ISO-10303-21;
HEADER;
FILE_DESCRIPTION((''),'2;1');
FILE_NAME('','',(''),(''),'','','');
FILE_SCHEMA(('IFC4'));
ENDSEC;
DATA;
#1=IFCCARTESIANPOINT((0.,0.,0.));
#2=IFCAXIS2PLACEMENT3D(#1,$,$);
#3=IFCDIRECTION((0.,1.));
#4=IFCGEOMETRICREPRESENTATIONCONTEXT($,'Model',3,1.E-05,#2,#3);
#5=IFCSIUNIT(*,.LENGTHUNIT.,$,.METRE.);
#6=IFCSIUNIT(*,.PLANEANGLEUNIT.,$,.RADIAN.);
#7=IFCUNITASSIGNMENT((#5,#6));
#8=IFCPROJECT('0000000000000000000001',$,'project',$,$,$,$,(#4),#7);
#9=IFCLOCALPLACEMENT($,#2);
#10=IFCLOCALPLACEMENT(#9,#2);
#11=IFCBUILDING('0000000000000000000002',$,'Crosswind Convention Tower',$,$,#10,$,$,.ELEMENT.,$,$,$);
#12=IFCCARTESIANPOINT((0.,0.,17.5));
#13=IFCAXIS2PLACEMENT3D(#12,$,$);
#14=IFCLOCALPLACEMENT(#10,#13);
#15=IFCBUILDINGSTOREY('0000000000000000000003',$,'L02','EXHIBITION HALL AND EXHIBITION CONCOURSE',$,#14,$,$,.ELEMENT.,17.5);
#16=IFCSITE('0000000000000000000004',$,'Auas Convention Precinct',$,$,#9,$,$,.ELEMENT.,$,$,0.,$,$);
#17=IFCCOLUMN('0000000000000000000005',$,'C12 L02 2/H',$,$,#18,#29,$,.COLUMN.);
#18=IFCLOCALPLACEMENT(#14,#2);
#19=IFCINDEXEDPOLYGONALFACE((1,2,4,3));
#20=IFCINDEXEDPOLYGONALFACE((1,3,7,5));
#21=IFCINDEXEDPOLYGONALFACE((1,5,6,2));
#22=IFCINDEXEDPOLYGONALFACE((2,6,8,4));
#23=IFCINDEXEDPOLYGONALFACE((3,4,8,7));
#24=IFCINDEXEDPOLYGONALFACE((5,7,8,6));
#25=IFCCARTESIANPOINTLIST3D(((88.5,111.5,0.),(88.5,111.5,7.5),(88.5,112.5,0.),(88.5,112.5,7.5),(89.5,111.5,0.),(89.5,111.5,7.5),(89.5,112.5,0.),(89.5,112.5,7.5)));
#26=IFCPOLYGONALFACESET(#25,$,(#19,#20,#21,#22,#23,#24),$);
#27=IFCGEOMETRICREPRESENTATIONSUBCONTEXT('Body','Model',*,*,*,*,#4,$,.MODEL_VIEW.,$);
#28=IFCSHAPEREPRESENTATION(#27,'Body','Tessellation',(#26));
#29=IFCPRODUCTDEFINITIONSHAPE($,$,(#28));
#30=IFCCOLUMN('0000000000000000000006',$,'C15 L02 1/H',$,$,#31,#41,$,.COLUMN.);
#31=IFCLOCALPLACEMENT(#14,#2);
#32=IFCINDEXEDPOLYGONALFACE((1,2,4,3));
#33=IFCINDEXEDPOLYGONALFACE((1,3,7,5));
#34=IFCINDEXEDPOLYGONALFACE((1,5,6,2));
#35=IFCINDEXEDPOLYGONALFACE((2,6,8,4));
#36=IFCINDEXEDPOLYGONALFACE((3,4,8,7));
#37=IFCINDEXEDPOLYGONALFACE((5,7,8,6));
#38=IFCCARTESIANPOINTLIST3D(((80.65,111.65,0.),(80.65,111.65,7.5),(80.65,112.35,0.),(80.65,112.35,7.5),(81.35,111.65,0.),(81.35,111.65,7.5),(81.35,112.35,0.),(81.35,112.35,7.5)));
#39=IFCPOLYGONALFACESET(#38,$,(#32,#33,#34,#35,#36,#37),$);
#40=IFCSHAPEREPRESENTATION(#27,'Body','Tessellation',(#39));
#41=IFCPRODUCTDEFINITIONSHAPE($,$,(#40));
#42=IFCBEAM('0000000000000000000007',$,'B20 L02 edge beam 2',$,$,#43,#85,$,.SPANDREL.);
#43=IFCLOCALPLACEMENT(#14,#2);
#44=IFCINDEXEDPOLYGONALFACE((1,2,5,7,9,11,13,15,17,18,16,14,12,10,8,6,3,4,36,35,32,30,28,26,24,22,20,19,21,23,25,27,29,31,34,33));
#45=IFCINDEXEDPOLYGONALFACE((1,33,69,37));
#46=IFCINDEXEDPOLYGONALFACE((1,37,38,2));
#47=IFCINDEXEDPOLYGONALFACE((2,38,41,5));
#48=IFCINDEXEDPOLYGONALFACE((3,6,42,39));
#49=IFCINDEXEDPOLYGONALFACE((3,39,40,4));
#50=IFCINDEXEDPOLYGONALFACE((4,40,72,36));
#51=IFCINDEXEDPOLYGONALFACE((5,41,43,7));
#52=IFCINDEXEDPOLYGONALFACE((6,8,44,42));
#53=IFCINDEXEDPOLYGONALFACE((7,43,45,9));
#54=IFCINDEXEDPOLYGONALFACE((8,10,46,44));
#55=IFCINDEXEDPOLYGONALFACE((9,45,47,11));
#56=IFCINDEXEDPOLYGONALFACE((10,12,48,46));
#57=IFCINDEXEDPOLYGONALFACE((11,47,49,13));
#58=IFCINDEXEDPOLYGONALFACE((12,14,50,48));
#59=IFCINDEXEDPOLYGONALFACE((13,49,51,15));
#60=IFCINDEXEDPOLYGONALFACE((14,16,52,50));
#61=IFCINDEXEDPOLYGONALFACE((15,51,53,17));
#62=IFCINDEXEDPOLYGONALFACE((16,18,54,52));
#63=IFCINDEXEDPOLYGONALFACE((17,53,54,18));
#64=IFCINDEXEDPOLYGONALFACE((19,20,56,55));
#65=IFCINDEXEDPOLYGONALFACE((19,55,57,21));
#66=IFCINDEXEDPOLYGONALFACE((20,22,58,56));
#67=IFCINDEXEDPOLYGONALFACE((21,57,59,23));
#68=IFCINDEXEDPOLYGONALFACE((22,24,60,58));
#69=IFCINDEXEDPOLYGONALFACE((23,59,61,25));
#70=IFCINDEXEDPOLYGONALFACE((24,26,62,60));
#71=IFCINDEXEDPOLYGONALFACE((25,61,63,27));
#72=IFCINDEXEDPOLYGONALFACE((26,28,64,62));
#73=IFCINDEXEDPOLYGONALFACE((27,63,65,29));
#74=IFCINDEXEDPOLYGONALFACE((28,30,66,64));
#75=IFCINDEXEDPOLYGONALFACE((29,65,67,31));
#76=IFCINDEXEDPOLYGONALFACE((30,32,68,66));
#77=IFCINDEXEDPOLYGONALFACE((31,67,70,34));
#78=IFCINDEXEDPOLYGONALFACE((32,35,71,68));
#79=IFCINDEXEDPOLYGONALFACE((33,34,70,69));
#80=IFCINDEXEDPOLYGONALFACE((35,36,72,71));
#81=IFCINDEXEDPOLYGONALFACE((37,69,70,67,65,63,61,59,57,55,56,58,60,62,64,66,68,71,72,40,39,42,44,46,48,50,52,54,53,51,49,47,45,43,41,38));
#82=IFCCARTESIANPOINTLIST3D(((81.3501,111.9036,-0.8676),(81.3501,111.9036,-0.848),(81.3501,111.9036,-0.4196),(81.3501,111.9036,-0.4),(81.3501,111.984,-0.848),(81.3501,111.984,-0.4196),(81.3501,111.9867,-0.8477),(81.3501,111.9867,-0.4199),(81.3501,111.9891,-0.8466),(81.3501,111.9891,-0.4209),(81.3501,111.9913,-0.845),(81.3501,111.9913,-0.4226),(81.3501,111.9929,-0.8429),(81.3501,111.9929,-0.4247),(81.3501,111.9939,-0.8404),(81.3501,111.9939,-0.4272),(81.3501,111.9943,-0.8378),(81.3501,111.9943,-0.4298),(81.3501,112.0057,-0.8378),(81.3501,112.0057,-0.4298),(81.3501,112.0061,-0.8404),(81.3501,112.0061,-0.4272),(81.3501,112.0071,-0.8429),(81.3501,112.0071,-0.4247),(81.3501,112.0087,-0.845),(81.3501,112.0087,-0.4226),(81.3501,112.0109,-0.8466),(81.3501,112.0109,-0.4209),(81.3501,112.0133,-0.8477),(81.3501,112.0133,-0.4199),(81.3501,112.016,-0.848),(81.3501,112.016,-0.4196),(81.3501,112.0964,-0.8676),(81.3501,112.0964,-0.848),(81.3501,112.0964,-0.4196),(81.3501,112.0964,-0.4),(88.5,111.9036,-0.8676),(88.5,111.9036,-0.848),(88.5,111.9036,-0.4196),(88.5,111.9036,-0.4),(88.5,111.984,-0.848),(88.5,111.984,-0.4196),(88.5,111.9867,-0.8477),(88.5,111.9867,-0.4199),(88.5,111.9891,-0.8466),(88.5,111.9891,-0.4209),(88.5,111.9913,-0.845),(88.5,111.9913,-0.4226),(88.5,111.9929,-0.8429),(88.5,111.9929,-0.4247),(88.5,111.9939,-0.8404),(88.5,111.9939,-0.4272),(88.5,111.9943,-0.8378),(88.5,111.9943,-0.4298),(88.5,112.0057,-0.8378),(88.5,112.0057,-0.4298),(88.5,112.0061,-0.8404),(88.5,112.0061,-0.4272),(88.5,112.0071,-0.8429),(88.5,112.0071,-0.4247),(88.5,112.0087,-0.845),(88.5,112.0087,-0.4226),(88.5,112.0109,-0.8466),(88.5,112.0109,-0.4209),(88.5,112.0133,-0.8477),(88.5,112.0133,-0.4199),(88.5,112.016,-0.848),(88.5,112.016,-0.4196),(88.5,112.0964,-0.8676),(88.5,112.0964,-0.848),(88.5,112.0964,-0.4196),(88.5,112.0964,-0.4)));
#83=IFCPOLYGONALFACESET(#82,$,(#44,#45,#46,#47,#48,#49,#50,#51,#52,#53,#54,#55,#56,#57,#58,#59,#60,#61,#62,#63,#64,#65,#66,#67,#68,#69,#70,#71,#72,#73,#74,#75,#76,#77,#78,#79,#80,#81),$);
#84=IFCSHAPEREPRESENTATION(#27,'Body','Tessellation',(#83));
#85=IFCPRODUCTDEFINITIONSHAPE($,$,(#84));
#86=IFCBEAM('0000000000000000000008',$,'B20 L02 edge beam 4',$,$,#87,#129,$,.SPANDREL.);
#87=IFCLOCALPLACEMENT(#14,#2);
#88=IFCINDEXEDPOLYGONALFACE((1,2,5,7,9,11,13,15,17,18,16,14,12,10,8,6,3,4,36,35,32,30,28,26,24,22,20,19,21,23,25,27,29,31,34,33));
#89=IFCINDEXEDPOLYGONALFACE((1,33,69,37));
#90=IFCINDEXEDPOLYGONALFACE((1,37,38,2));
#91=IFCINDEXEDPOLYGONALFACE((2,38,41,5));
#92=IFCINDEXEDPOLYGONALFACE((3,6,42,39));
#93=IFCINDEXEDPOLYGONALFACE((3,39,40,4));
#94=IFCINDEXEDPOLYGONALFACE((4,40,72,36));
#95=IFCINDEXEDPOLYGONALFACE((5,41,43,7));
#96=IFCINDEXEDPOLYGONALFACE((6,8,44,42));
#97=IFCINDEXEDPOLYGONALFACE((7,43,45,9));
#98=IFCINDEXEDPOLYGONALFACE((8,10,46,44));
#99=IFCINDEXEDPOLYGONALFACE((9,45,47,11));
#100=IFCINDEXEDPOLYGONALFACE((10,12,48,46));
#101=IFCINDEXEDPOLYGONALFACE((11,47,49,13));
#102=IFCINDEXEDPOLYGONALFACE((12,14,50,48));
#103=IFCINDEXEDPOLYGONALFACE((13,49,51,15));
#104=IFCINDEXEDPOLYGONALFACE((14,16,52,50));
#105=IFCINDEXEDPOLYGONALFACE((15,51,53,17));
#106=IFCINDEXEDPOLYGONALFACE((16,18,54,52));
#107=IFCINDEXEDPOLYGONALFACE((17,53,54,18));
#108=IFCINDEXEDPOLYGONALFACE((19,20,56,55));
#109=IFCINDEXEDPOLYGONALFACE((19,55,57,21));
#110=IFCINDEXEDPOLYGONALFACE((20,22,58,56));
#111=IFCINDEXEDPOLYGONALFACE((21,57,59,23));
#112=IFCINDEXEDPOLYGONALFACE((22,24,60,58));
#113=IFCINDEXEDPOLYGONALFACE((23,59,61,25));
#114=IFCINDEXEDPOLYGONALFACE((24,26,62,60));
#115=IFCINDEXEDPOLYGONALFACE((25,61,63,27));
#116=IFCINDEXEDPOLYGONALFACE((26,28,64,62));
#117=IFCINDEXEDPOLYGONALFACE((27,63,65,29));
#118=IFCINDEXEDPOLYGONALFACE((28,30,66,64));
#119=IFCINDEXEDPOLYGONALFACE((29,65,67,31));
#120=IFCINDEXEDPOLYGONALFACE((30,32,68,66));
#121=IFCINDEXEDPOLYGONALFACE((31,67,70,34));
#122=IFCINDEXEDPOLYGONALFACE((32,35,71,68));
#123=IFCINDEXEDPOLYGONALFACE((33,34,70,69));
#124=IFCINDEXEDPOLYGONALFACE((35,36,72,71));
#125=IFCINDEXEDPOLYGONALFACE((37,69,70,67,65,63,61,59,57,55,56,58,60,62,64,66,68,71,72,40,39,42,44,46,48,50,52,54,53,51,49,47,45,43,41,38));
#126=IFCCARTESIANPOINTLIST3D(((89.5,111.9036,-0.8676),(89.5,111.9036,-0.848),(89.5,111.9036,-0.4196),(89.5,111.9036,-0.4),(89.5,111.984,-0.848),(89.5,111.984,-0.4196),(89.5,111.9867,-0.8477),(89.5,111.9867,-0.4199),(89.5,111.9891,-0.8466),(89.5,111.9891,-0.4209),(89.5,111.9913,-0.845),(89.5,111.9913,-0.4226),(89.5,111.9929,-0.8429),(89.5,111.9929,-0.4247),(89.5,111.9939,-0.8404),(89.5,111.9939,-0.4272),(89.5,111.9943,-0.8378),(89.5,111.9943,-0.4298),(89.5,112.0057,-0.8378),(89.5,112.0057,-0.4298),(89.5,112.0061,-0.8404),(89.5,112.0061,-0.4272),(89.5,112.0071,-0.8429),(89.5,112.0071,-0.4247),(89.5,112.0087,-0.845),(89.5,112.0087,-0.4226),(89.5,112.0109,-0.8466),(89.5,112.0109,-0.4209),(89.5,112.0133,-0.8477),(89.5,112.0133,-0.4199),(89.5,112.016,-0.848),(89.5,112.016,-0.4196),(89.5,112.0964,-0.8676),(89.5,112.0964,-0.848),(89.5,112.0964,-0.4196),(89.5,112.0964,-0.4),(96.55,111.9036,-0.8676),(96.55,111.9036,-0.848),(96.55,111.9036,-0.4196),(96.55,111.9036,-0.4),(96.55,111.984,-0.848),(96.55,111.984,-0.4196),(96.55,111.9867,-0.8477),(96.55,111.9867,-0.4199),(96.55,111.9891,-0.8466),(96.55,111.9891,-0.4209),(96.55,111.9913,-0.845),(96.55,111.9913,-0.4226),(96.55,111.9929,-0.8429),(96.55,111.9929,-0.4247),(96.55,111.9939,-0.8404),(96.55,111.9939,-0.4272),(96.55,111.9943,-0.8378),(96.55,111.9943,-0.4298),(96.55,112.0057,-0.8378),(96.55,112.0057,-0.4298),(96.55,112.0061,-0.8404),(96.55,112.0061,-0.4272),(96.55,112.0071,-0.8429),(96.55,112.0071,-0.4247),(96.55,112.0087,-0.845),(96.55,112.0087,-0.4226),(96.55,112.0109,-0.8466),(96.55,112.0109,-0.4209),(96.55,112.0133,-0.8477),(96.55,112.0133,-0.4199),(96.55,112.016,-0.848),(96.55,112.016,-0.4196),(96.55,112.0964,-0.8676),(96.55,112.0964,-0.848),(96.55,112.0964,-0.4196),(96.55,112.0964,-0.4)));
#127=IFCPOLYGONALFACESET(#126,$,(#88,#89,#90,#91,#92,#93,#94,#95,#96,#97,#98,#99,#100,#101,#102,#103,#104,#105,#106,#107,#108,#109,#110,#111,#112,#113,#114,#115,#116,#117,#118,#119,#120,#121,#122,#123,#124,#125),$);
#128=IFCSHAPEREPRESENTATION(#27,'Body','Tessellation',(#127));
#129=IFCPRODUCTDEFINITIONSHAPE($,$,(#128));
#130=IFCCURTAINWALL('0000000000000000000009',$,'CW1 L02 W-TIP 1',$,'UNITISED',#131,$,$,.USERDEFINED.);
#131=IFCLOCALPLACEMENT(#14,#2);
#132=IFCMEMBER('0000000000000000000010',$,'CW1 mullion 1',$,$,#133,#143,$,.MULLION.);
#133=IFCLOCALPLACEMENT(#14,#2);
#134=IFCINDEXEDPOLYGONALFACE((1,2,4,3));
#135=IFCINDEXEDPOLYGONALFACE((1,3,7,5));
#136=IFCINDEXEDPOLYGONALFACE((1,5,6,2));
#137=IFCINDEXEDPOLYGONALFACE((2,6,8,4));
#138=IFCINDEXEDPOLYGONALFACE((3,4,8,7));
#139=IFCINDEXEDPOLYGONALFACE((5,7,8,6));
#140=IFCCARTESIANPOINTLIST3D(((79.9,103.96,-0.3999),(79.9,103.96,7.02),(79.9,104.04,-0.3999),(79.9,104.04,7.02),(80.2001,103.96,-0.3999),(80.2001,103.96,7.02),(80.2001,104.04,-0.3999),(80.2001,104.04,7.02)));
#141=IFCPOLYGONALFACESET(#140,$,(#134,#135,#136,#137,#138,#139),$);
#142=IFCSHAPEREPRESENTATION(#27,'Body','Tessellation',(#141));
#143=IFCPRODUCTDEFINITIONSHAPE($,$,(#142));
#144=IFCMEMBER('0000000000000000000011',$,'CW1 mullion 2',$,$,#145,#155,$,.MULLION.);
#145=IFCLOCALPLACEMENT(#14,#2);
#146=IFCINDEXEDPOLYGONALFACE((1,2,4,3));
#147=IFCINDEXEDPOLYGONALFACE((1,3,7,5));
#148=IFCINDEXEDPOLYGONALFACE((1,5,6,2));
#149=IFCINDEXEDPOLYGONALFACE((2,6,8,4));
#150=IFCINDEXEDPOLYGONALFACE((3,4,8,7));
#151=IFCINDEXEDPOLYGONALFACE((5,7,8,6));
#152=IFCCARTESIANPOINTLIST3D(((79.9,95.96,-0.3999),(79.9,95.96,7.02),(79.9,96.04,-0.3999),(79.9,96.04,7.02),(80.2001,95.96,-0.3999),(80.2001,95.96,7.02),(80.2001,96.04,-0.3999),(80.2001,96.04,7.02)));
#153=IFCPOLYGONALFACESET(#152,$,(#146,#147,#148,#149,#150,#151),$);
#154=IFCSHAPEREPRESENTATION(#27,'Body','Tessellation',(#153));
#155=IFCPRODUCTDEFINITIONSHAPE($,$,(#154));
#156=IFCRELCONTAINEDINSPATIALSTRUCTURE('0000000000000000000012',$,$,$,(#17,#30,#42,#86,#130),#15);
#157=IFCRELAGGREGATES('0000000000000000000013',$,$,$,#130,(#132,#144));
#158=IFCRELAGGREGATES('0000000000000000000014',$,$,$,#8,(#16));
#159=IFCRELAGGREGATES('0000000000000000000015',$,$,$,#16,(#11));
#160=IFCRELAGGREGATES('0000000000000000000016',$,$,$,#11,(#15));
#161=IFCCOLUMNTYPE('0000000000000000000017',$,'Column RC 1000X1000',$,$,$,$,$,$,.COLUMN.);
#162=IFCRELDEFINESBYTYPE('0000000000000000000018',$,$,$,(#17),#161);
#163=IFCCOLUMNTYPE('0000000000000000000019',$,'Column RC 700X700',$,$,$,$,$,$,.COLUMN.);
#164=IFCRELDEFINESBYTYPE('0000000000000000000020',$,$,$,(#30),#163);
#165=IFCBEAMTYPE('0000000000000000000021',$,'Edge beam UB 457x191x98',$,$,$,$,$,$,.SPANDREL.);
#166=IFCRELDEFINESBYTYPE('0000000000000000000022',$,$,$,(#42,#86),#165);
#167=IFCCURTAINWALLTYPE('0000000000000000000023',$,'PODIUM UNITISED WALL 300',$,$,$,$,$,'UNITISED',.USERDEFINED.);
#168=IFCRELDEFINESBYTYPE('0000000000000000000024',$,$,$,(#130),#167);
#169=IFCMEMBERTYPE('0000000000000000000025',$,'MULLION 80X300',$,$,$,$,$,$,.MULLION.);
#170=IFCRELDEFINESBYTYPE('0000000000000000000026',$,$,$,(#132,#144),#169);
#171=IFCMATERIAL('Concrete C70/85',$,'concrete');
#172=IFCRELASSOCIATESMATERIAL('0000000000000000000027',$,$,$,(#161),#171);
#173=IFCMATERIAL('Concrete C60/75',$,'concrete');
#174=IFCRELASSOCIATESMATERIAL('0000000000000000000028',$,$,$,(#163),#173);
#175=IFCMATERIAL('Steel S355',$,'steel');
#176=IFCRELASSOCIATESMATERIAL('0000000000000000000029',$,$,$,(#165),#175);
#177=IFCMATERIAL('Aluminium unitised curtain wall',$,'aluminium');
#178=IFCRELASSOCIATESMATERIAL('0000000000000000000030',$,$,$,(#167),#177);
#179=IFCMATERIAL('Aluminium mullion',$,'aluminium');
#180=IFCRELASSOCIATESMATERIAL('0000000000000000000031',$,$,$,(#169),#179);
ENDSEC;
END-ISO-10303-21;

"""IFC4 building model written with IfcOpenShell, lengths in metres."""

from ifc_helpers import new_model, si_unit, direction, frame, origin, origin_2d, place, context, subcontext, project, spatial, rectangle, i_section, extrude, material, material_profile, profile_set, type_object, element, aggregate, save


model = new_model("IFC4")

# Units and contexts
model_context = context("Model", 3, precision=1e-05, world=origin(), true_north=direction((0.0, 1.0)))
body_context = subcontext(model_context, "Body", "Model", "MODEL_VIEW")
ifc_project = project(units=[si_unit("LENGTHUNIT", "METRE"), si_unit("PLANEANGLEUNIT", "RADIAN")], contexts=[model_context])

# Site, building, storey
site_placement = place(None, origin())
site = spatial("IfcSite", under=ifc_project, at=site_placement, Name="Auas Convention Precinct", CompositionType="ELEMENT", RefElevation=0.0)
building_placement = place(site_placement, origin())
building = spatial("IfcBuilding", under=site, at=building_placement, Name="Crosswind Convention Tower", CompositionType="ELEMENT")
storey_placement = place(building_placement, frame((0.0, 0.0, 17.5)))
storey = spatial("IfcBuildingStorey", under=building, at=storey_placement, Name="L02", Description="EXHIBITION HALL AND EXHIBITION CONCOURSE", CompositionType="ELEMENT", Elevation=17.5)

# Columns
ifc_material_1 = material(Name="Concrete C70/85", Category="concrete")
ifc_material_profile_1 = material_profile(ifc_material_1, rectangle(XDim=1.0, YDim=1.0, at=origin_2d()), Name="RC 1000X1000")
ifc_profile_set_1 = profile_set([ifc_material_profile_1], Name="Concrete C70/85")
column_type_1 = type_object("IfcColumnType", Name="Column RC 1000X1000", PredefinedType="COLUMN", material=ifc_profile_set_1)
column_1_placement = place(storey_placement, frame((89.0, 112.0, 0.0), z_axis=(0.0, 0.0, 1.0), x_axis=(1.0, 0.0, 0.0)))
element("IfcColumn", 1, at=column_1_placement, inside=storey, type_object=column_type_1, Name="C12 L02 2/H", PredefinedType="COLUMN", context=body_context, shape_type="SweptSolid", body=[
    extrude(rectangle(XDim=1.0, YDim=1.0, at=origin_2d()), origin(), (0.0, 0.0, 1.0), 7.5),
])
ifc_material_2 = material(Name="Concrete C60/75", Category="concrete")
ifc_material_profile_2 = material_profile(ifc_material_2, rectangle(XDim=0.7, YDim=0.7, at=origin_2d()), Name="RC 700X700")
ifc_profile_set_2 = profile_set([ifc_material_profile_2], Name="Concrete C60/75")
column_type_2 = type_object("IfcColumnType", Name="Column RC 700X700", PredefinedType="COLUMN", material=ifc_profile_set_2)
column_2_placement = place(storey_placement, frame((81.0, 112.0, 0.0), z_axis=(0.0, 0.0, 1.0), x_axis=(1.0, 0.0, 0.0)))
element("IfcColumn", 2, at=column_2_placement, inside=storey, type_object=column_type_2, Name="C15 L02 1/H", PredefinedType="COLUMN", context=body_context, shape_type="SweptSolid", body=[
    extrude(rectangle(XDim=0.7, YDim=0.7, at=origin_2d()), origin(), (0.0, 0.0, 1.0), 7.5),
])

# Beams
ifc_material_3 = material(Name="Steel S355", Category="steel")
ifc_material_profile_3 = material_profile(ifc_material_3, i_section(OverallWidth=0.1929, OverallDepth=0.4675, WebThickness=0.0115, FlangeThickness=0.0195, FilletRadius=0.0103, at=origin_2d()), Name="UB 457x191x98")
ifc_profile_set_3 = profile_set([ifc_material_profile_3], Name="Steel S355")
beam_type_1 = type_object("IfcBeamType", Name="Edge beam UB 457x191x98", PredefinedType="SPANDREL", material=ifc_profile_set_3)
beam_1_placement = place(storey_placement, frame((81.3501, 112.0, -0.6338), z_axis=(1.0, 0.0, 0.0), x_axis=(0.0, 1.0, 0.0)))
element("IfcBeam", 3, at=beam_1_placement, inside=storey, type_object=beam_type_1, Name="B20 L02 edge beam 2", PredefinedType="SPANDREL", context=body_context, shape_type="SweptSolid", body=[
    extrude(i_section(OverallWidth=0.1929, OverallDepth=0.4675, WebThickness=0.0115, FlangeThickness=0.0195, FilletRadius=0.0103, at=origin_2d()), origin(), (0.0, 0.0, 1.0), 7.1499),
])
beam_2_placement = place(storey_placement, frame((89.5, 112.0, -0.6338), z_axis=(1.0, 0.0, 0.0), x_axis=(0.0, 1.0, 0.0)))
element("IfcBeam", 4, at=beam_2_placement, inside=storey, type_object=beam_type_1, Name="B20 L02 edge beam 4", PredefinedType="SPANDREL", context=body_context, shape_type="SweptSolid", body=[
    extrude(i_section(OverallWidth=0.1929, OverallDepth=0.4675, WebThickness=0.0115, FlangeThickness=0.0195, FilletRadius=0.0103, at=origin_2d()), origin(), (0.0, 0.0, 1.0), 7.05),
])

# Curtain wall, members
ifc_material_4 = material(Name="Aluminium unitised curtain wall", Category="aluminium")
curtain_wall_type = type_object("IfcCurtainWallType", Name="PODIUM UNITISED WALL 300", ElementType="UNITISED", PredefinedType="USERDEFINED", material=ifc_material_4)
curtain_wall_placement = place(storey_placement, origin())
curtain_wall = element("IfcCurtainWall", 5, at=curtain_wall_placement, inside=storey, type_object=curtain_wall_type, Name="CW1 L02 W-TIP 1", ObjectType="UNITISED", PredefinedType="USERDEFINED")
ifc_material_5 = material(Name="Aluminium mullion", Category="aluminium")
ifc_material_profile_4 = material_profile(ifc_material_5, rectangle(XDim=0.3, YDim=0.0801, at=origin_2d()), Name="AL 300X80")
ifc_profile_set_4 = profile_set([ifc_material_profile_4], Name="Aluminium mullion")
member_type_1 = type_object("IfcMemberType", Name="MULLION 80X300", PredefinedType="MULLION", material=ifc_profile_set_4)
member_1_placement = place(storey_placement, frame((80.05, 104.0, -0.3999), z_axis=(0.0, 0.0, 1.0), x_axis=(-1.0, 0.0, 0.0)))
member_1 = element("IfcMember", 6, at=member_1_placement, type_object=member_type_1, Name="CW1 mullion 1", PredefinedType="MULLION", context=body_context, shape_type="SweptSolid", body=[
    extrude(rectangle(XDim=0.3, YDim=0.0801, at=origin_2d()), origin(), (0.0, 0.0, 1.0), 7.4199),
])
member_2_placement = place(storey_placement, frame((80.05, 96.0, -0.3999), z_axis=(0.0, 0.0, 1.0), x_axis=(-1.0, 0.0, 0.0)))
member_2 = element("IfcMember", 7, at=member_2_placement, type_object=member_type_1, Name="CW1 mullion 2", PredefinedType="MULLION", context=body_context, shape_type="SweptSolid", body=[
    extrude(rectangle(XDim=0.3, YDim=0.0801, at=origin_2d()), origin(), (0.0, 0.0, 1.0), 7.4199),
])

aggregate(curtain_wall, [member_1, member_2])

save(model, "model.ifc")
